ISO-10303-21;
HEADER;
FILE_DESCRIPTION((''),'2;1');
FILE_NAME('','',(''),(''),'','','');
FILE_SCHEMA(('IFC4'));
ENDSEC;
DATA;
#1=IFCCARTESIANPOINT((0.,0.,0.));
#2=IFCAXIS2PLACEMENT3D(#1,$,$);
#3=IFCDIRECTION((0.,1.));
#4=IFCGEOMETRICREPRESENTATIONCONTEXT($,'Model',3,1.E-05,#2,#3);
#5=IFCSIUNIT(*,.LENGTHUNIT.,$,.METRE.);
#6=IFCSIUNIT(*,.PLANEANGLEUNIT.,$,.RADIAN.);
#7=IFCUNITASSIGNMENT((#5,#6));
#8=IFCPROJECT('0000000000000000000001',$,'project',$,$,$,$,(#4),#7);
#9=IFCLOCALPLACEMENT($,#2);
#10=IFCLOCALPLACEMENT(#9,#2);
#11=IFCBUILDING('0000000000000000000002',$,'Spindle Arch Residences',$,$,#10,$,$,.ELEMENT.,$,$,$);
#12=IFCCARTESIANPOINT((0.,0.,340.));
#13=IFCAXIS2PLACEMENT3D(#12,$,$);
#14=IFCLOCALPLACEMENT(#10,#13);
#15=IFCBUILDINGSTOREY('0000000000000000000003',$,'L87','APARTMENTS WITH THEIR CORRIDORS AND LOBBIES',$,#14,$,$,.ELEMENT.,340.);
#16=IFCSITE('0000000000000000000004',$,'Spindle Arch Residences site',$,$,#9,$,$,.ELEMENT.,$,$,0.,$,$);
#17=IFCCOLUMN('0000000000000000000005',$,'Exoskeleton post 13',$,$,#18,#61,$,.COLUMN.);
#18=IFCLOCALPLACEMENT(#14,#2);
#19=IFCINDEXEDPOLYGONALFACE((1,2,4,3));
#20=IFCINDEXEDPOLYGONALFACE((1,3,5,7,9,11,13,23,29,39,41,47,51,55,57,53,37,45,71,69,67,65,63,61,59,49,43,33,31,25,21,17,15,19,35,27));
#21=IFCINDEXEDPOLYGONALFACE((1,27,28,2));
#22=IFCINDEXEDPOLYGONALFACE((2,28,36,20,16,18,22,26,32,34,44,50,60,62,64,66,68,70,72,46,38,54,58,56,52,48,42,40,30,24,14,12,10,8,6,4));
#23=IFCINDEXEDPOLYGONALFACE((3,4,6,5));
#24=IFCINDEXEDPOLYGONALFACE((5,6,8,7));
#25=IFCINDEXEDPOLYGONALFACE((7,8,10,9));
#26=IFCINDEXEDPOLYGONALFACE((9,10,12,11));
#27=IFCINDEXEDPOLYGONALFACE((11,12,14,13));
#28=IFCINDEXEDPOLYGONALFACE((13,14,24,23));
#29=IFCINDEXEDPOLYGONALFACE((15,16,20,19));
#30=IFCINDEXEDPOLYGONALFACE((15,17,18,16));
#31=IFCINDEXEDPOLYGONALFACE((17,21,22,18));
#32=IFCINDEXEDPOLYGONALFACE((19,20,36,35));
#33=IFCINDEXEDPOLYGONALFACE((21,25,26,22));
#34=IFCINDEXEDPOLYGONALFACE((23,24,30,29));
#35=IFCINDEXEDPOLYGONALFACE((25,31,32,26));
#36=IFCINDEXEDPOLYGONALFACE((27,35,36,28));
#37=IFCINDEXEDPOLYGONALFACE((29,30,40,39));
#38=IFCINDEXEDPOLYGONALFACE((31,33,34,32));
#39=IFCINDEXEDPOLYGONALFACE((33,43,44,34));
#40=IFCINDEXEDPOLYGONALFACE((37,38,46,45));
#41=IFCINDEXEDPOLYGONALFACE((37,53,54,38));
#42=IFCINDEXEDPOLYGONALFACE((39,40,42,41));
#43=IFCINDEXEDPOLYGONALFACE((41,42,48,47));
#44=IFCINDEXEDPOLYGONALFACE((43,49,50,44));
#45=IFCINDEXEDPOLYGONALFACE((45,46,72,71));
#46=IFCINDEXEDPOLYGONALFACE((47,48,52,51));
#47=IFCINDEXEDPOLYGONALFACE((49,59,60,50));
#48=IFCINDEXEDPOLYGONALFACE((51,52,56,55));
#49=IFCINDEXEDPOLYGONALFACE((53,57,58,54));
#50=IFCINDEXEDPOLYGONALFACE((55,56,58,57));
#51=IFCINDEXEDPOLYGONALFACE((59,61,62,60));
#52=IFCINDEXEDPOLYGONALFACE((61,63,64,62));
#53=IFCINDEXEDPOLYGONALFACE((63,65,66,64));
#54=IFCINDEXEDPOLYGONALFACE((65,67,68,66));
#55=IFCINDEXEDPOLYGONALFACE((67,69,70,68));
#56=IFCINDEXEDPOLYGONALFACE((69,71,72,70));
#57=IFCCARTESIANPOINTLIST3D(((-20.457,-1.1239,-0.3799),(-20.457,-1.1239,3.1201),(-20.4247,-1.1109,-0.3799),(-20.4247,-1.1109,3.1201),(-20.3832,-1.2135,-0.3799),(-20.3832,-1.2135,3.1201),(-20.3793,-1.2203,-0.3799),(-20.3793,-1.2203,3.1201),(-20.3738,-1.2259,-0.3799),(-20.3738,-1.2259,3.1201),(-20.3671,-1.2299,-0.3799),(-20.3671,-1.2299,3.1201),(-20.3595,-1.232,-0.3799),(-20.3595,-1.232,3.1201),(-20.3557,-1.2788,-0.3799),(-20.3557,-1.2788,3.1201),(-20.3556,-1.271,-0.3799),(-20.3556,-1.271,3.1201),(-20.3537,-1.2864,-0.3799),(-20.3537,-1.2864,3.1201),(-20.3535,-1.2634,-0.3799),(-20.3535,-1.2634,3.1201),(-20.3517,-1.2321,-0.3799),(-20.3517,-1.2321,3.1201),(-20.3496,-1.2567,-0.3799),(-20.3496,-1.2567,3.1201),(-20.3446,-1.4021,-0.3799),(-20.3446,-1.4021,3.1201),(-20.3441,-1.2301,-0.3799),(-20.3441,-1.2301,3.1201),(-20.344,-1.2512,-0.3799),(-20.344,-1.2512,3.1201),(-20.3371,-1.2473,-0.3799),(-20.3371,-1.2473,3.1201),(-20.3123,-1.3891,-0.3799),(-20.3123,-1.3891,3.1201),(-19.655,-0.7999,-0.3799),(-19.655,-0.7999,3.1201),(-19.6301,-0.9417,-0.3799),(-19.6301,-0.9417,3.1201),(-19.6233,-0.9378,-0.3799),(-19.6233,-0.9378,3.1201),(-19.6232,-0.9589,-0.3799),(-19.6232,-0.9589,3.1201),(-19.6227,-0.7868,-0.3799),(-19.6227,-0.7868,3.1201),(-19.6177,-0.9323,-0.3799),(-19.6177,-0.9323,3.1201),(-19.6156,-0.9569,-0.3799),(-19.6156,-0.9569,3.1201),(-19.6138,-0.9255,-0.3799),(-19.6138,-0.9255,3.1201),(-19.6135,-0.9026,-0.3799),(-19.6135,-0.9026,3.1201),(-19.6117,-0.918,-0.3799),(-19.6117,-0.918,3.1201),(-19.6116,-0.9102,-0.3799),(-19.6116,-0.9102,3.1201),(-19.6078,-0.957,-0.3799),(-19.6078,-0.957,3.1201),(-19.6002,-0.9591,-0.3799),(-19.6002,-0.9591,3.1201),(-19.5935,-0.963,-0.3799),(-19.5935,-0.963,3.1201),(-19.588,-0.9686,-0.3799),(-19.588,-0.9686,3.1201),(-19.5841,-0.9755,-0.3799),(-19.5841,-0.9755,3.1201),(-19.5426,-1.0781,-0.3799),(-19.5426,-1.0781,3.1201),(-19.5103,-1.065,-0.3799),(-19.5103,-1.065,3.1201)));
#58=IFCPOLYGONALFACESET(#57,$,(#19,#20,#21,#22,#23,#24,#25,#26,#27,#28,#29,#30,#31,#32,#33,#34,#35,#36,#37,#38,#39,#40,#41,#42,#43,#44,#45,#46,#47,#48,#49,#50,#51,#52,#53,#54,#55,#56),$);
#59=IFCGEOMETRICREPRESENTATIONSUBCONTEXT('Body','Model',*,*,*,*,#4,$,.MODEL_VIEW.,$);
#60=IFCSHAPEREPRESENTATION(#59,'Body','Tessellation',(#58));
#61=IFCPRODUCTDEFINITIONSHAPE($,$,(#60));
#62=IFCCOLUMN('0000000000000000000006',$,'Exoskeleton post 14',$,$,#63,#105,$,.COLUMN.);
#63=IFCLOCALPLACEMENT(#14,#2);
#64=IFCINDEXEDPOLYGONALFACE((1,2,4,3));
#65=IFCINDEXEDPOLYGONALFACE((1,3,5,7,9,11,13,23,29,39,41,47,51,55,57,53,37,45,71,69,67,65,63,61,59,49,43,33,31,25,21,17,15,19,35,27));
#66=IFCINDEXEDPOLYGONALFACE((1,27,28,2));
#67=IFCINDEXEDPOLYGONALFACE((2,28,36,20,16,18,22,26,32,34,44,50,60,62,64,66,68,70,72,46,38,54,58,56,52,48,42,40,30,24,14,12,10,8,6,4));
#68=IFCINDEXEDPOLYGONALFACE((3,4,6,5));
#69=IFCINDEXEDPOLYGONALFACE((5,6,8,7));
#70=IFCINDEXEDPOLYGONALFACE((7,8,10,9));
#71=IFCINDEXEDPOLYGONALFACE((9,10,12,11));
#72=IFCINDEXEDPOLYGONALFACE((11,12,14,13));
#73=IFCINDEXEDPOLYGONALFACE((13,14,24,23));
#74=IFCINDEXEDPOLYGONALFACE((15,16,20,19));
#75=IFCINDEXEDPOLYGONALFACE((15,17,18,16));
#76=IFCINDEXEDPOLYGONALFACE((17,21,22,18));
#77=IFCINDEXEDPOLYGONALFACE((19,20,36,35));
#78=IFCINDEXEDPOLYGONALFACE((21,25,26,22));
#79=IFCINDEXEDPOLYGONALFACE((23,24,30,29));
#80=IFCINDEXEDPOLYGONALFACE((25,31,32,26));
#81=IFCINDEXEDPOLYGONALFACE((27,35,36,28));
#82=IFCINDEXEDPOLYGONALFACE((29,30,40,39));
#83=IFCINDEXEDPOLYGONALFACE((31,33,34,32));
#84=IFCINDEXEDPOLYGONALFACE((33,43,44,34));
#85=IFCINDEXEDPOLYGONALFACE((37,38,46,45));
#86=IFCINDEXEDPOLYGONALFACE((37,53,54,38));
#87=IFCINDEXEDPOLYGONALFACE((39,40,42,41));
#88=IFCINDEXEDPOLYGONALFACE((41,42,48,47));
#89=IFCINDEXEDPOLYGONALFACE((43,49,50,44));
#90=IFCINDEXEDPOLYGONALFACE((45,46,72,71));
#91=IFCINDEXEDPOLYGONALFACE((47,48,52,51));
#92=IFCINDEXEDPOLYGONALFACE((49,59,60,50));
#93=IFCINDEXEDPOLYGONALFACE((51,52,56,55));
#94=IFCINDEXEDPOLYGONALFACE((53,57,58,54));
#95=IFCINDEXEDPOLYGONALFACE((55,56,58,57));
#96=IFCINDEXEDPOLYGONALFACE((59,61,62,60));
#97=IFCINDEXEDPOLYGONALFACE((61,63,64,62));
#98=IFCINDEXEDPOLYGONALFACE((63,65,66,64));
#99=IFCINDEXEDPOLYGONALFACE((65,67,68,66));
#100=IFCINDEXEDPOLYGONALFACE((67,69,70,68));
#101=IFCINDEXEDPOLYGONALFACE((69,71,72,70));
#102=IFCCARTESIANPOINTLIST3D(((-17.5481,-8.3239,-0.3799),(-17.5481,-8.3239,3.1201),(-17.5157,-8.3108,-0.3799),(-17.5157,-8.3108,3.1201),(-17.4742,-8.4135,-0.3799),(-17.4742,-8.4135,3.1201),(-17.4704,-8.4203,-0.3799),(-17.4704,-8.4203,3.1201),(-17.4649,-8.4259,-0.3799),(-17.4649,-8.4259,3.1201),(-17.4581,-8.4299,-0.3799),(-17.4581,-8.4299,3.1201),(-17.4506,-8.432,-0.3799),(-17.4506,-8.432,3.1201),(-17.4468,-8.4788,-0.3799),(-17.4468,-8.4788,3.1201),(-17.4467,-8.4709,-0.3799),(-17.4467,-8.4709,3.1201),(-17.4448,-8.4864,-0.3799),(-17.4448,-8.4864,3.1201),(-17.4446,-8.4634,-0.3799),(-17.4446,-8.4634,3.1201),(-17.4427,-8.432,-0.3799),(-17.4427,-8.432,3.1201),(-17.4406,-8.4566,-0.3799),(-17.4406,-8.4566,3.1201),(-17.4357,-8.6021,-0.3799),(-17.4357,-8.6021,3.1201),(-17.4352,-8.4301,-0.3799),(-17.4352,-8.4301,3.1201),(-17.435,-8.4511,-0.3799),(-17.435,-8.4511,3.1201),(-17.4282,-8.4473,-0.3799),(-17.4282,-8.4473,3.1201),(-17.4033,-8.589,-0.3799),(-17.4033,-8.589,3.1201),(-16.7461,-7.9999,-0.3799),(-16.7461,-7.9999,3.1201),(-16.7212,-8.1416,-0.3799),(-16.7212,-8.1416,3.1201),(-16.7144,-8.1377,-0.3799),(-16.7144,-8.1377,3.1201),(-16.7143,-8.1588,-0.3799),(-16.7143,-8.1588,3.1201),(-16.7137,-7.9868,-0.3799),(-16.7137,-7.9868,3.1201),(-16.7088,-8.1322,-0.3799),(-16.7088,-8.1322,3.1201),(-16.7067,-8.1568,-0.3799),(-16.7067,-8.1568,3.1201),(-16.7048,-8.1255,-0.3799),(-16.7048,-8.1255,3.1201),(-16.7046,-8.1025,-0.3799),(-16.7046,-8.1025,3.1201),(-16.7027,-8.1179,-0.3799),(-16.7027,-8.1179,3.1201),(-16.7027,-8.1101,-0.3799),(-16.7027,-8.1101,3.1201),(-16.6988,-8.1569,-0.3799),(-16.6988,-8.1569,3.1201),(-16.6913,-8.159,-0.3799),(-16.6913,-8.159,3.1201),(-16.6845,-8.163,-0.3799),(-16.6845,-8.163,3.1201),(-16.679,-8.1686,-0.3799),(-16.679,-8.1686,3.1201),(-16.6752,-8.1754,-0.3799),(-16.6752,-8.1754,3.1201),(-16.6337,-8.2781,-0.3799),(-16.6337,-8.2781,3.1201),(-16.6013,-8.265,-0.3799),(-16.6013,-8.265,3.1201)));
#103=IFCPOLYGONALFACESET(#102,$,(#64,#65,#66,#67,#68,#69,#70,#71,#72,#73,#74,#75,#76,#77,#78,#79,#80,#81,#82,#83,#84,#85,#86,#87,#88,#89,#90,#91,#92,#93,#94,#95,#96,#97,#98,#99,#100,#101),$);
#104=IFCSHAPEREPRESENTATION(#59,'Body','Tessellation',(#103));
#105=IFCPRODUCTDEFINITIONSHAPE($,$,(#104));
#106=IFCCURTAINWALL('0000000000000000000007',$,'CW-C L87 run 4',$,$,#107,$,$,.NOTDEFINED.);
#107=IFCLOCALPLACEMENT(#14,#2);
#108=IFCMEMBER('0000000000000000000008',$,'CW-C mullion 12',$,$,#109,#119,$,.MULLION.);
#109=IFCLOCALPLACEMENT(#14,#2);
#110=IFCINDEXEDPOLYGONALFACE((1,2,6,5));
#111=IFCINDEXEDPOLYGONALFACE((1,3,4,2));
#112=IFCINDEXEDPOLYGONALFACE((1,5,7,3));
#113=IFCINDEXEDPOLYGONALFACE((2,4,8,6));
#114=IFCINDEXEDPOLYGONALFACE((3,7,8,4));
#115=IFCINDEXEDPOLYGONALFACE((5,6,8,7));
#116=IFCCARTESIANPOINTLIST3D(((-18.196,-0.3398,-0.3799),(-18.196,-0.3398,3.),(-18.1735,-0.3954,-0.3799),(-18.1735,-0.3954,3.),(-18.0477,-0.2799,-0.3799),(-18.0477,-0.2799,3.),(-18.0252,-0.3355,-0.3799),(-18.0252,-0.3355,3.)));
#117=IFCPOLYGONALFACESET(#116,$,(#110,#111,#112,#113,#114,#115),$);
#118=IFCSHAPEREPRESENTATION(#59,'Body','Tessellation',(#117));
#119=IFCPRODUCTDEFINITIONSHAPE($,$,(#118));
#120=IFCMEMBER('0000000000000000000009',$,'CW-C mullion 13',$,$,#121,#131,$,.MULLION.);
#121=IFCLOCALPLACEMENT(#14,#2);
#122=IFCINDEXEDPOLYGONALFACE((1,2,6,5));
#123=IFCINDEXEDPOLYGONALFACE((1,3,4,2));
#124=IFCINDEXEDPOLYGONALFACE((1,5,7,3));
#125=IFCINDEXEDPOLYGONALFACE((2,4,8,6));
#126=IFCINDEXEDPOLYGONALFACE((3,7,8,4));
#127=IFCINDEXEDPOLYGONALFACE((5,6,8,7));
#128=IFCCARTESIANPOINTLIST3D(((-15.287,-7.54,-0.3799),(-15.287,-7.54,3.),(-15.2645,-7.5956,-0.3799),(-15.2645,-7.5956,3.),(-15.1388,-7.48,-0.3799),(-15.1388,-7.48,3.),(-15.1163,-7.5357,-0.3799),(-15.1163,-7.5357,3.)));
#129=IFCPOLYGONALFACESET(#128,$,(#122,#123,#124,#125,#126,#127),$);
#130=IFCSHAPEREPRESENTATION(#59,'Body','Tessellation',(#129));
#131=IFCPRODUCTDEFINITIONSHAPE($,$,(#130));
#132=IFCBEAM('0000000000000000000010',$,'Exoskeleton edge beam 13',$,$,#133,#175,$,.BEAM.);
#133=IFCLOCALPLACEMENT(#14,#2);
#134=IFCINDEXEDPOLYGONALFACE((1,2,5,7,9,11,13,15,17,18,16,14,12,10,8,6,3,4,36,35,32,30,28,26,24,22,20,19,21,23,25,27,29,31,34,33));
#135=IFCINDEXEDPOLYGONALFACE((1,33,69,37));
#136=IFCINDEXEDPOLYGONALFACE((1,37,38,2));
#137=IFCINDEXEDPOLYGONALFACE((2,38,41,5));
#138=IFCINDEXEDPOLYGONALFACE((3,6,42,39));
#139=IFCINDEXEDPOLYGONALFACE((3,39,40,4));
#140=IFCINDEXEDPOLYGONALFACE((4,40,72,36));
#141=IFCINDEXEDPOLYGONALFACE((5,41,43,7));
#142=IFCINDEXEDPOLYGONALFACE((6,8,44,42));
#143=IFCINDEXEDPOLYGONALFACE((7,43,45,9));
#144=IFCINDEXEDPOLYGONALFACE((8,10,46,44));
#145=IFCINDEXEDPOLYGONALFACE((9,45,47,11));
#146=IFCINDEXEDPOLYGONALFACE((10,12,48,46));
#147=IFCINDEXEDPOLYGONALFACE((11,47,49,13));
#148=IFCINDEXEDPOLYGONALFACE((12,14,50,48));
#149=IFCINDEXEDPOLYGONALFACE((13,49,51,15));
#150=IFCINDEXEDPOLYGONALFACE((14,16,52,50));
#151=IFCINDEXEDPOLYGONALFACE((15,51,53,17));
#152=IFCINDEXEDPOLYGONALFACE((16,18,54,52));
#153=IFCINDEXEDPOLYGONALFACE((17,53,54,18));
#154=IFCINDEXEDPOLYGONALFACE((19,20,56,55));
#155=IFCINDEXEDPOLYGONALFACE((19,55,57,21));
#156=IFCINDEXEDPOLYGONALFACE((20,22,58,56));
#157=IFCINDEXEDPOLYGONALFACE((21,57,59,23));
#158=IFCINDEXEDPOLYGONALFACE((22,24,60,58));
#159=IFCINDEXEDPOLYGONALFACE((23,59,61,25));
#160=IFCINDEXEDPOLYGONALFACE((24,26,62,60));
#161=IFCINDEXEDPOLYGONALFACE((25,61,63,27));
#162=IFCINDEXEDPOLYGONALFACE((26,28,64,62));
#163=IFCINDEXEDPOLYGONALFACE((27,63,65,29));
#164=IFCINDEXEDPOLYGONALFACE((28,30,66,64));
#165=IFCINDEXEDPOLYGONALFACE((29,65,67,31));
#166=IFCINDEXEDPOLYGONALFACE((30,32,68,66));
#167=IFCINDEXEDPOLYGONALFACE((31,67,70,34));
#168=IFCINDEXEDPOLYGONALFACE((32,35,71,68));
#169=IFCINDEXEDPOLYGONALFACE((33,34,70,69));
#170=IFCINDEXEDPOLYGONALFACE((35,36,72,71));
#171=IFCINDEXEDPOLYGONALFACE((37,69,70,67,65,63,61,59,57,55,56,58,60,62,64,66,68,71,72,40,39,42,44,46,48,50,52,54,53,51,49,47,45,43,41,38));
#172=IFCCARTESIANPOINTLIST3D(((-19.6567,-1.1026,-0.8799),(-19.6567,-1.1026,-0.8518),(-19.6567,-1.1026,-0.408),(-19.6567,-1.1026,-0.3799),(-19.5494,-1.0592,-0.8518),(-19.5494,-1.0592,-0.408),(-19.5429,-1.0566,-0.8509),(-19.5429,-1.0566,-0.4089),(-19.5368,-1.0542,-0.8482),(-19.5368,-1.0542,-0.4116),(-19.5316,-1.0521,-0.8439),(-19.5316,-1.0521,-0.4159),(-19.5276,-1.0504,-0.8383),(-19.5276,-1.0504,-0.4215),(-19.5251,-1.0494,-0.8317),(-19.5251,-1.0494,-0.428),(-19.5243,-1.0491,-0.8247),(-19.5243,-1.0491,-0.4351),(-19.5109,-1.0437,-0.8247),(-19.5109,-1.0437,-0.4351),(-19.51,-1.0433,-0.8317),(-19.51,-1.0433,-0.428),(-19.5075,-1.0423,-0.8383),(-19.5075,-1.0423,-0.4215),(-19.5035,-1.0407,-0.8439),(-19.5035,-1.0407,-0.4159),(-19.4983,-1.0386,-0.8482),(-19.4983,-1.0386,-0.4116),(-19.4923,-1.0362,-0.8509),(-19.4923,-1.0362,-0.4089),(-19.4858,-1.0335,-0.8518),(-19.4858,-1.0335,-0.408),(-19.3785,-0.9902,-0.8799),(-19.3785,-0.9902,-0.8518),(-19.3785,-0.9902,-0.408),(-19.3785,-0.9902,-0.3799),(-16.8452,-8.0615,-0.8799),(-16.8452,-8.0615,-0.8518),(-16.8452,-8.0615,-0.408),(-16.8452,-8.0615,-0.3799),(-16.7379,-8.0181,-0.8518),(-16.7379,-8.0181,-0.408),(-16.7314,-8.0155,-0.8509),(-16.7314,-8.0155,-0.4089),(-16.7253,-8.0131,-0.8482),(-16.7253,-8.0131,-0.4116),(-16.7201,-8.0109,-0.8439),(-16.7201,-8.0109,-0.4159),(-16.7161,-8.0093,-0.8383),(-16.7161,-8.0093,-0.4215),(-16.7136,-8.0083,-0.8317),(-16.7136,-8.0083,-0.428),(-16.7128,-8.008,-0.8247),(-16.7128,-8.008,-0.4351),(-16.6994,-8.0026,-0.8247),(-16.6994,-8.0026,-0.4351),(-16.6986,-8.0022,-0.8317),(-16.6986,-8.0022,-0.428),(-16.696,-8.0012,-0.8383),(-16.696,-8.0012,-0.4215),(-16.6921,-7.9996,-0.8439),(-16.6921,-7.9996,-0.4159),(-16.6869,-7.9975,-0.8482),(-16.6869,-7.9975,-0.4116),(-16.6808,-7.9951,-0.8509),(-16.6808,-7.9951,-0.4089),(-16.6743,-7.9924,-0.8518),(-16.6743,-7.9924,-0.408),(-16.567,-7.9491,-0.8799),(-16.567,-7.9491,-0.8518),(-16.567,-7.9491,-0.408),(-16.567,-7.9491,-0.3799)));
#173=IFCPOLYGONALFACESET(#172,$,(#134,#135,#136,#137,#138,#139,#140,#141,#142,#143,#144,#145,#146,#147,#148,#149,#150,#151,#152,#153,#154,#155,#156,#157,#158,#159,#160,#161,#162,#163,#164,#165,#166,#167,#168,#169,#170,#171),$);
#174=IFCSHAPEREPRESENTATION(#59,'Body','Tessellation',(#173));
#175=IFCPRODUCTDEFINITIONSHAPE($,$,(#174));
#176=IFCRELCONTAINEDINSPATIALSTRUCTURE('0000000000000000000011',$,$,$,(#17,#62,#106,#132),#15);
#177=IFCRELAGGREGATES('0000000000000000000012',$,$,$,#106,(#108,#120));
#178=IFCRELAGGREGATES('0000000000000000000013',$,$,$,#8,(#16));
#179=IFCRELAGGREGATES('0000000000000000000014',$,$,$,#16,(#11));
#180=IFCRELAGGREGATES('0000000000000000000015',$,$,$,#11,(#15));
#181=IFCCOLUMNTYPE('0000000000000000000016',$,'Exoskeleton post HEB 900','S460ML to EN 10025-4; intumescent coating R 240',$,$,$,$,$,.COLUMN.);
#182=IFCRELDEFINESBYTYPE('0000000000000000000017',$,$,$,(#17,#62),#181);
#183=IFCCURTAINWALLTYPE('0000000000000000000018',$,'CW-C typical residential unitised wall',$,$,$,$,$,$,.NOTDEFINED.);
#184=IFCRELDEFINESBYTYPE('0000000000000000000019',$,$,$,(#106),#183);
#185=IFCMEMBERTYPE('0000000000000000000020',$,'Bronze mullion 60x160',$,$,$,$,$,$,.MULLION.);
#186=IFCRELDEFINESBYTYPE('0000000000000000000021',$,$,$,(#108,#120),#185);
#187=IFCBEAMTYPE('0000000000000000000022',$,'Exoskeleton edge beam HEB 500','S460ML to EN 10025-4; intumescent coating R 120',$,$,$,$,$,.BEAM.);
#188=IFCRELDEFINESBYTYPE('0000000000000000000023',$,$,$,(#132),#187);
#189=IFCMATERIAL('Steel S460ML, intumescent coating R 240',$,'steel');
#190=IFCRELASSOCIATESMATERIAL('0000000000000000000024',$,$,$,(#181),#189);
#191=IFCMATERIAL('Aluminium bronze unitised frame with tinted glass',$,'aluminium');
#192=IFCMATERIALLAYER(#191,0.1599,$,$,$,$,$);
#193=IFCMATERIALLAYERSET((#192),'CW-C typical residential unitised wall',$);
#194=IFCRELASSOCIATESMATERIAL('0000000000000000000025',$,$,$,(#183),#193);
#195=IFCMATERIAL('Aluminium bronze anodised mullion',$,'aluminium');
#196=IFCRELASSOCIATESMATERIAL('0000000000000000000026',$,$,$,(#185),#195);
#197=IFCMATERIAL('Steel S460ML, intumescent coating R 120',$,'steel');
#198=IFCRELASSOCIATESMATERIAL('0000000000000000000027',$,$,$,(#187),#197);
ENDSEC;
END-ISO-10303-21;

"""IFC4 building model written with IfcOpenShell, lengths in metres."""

from ifc_helpers import new_model, si_unit, direction, frame, origin, origin_2d, place, context, subcontext, project, spatial, rectangle, i_section, extrude, material, layer, layer_set, material_profile, profile_set, type_object, element, aggregate, save


model = new_model("IFC4")

# Units and contexts
model_context = context("Model", 3, precision=1e-05, world=origin(), true_north=direction((0.0, 1.0)))
body_context = subcontext(model_context, "Body", "Model", "MODEL_VIEW")
ifc_project = project(units=[si_unit("LENGTHUNIT", "METRE"), si_unit("PLANEANGLEUNIT", "RADIAN")], contexts=[model_context])

# Site, building, storey
site_placement = place(None, origin())
site = spatial("IfcSite", under=ifc_project, at=site_placement, Name="Spindle Arch Residences site", CompositionType="ELEMENT", RefElevation=0.0)
building_placement = place(site_placement, origin())
building = spatial("IfcBuilding", under=site, at=building_placement, Name="Spindle Arch Residences", CompositionType="ELEMENT")
storey_placement = place(building_placement, frame((0.0, 0.0, 340.0)))
storey = spatial("IfcBuildingStorey", under=building, at=storey_placement, Name="L87", Description="APARTMENTS WITH THEIR CORRIDORS AND LOBBIES", CompositionType="ELEMENT", Elevation=340.0)

# Columns
ifc_material_1 = material(Name="Steel S460ML, intumescent coating R 240", Category="steel")
ifc_material_profile_1 = material_profile(ifc_material_1, i_section(OverallWidth=0.3, OverallDepth=0.8999, WebThickness=0.0186, FlangeThickness=0.0349, FilletRadius=0.03, at=origin_2d()), Name="HEB 900")
ifc_profile_set_1 = profile_set([ifc_material_profile_1], Name="Steel S460ML, intumescent coating R 240")
column_type = type_object("IfcColumnType", Name="Exoskeleton post HEB 900", Description="S460ML to EN 10025-4; intumescent coating R 240", PredefinedType="COLUMN", material=ifc_profile_set_1)
for number, where, z_axis, x_axis, name in (
    (1, (-19.9836, -1.0945, -0.3799), (0.0, 0.0, 1.0), (-0.374607, 0.927184, 0.0), "Exoskeleton post 13"),
    (2, (-17.0747, -8.2944, -0.3799), (0.0, 0.0, 1.0), (-0.374607, 0.927184, 0.0), "Exoskeleton post 14"),
):
    element("IfcColumn", number, at=place(storey_placement, frame(where, z_axis=z_axis, x_axis=x_axis)), inside=storey, type_object=column_type, Name=name, PredefinedType="COLUMN", context=body_context, shape_type="SweptSolid", body=[
        extrude(i_section(OverallWidth=0.3, OverallDepth=0.8999, WebThickness=0.0186, FlangeThickness=0.0349, FilletRadius=0.03, at=origin_2d()), origin(), (0.0, 0.0, 1.0), 3.5),
    ])

# Curtain wall, members
ifc_material_2 = material(Name="Aluminium bronze unitised frame with tinted glass", Category="aluminium")
ifc_layer_1 = layer(ifc_material_2, 0.1599)
ifc_layer_set_1 = layer_set([ifc_layer_1], Name="CW-C typical residential unitised wall")
curtain_wall_type = type_object("IfcCurtainWallType", Name="CW-C typical residential unitised wall", PredefinedType="NOTDEFINED", material=ifc_layer_set_1)
curtain_wall_placement = place(storey_placement, origin())
curtain_wall = element("IfcCurtainWall", 3, at=curtain_wall_placement, inside=storey, type_object=curtain_wall_type, Name="CW-C L87 run 4", PredefinedType="NOTDEFINED")
ifc_material_3 = material(Name="Aluminium bronze anodised mullion", Category="aluminium")
ifc_material_profile_2 = material_profile(ifc_material_3, rectangle(XDim=0.1599, YDim=0.0601, at=origin_2d()), Name="MU 60x160")
ifc_profile_set_2 = profile_set([ifc_material_profile_2], Name="Aluminium bronze anodised mullion")
member_type = type_object("IfcMemberType", Name="Bronze mullion 60x160", PredefinedType="MULLION", material=ifc_profile_set_2)
member_1_placement = place(storey_placement, frame((-18.1106, -0.3376, -0.3799), z_axis=(0.0, 0.0, 1.0), x_axis=(0.927184, 0.374607, 0.0)))
member_1 = element("IfcMember", 4, at=member_1_placement, type_object=member_type, Name="CW-C mullion 12", PredefinedType="MULLION", context=body_context, shape_type="SweptSolid", body=[
    extrude(rectangle(XDim=0.1599, YDim=0.0601, at=origin_2d()), origin(), (0.0, 0.0, 1.0), 3.3799),
])
member_2_placement = place(storey_placement, frame((-15.2017, -7.5378, -0.3799), z_axis=(0.0, 0.0, 1.0), x_axis=(0.927184, 0.374607, 0.0)))
member_2 = element("IfcMember", 5, at=member_2_placement, type_object=member_type, Name="CW-C mullion 13", PredefinedType="MULLION", context=body_context, shape_type="SweptSolid", body=[
    extrude(rectangle(XDim=0.1599, YDim=0.0601, at=origin_2d()), origin(), (0.0, 0.0, 1.0), 3.3799),
])

# Beam
ifc_material_4 = material(Name="Steel S460ML, intumescent coating R 120", Category="steel")
ifc_material_profile_3 = material_profile(ifc_material_4, i_section(OverallWidth=0.3, OverallDepth=0.5, WebThickness=0.0144, FlangeThickness=0.0281, FilletRadius=0.0271, at=origin_2d()), Name="HEB 500")
ifc_profile_set_3 = profile_set([ifc_material_profile_3], Name="Steel S460ML, intumescent coating R 120")
beam_type_1 = type_object("IfcBeamType", Name="Exoskeleton edge beam HEB 500", Description="S460ML to EN 10025-4; intumescent coating R 120", PredefinedType="BEAM", material=ifc_profile_set_3)
for number, where, z_axis, x_axis, name in (
    (6, (-19.5176, -1.0464, -0.6299), (0.374596, -0.927188, 0.0), (0.927188, 0.374596, 0.0), "Exoskeleton edge beam 13"),
):
    element("IfcBeam", number, at=place(storey_placement, frame(where, z_axis=z_axis, x_axis=x_axis)), inside=storey, type_object=beam_type_1, Name=name, PredefinedType="BEAM", context=body_context, shape_type="SweptSolid", body=[
        extrude(i_section(OverallWidth=0.3, OverallDepth=0.5, WebThickness=0.0144, FlangeThickness=0.0281, FilletRadius=0.0271, at=origin_2d()), origin(), (0.0, 0.0, 1.0), 7.5054),
    ])

aggregate(curtain_wall, [member_1, member_2])

save(model, "model.ifc")
